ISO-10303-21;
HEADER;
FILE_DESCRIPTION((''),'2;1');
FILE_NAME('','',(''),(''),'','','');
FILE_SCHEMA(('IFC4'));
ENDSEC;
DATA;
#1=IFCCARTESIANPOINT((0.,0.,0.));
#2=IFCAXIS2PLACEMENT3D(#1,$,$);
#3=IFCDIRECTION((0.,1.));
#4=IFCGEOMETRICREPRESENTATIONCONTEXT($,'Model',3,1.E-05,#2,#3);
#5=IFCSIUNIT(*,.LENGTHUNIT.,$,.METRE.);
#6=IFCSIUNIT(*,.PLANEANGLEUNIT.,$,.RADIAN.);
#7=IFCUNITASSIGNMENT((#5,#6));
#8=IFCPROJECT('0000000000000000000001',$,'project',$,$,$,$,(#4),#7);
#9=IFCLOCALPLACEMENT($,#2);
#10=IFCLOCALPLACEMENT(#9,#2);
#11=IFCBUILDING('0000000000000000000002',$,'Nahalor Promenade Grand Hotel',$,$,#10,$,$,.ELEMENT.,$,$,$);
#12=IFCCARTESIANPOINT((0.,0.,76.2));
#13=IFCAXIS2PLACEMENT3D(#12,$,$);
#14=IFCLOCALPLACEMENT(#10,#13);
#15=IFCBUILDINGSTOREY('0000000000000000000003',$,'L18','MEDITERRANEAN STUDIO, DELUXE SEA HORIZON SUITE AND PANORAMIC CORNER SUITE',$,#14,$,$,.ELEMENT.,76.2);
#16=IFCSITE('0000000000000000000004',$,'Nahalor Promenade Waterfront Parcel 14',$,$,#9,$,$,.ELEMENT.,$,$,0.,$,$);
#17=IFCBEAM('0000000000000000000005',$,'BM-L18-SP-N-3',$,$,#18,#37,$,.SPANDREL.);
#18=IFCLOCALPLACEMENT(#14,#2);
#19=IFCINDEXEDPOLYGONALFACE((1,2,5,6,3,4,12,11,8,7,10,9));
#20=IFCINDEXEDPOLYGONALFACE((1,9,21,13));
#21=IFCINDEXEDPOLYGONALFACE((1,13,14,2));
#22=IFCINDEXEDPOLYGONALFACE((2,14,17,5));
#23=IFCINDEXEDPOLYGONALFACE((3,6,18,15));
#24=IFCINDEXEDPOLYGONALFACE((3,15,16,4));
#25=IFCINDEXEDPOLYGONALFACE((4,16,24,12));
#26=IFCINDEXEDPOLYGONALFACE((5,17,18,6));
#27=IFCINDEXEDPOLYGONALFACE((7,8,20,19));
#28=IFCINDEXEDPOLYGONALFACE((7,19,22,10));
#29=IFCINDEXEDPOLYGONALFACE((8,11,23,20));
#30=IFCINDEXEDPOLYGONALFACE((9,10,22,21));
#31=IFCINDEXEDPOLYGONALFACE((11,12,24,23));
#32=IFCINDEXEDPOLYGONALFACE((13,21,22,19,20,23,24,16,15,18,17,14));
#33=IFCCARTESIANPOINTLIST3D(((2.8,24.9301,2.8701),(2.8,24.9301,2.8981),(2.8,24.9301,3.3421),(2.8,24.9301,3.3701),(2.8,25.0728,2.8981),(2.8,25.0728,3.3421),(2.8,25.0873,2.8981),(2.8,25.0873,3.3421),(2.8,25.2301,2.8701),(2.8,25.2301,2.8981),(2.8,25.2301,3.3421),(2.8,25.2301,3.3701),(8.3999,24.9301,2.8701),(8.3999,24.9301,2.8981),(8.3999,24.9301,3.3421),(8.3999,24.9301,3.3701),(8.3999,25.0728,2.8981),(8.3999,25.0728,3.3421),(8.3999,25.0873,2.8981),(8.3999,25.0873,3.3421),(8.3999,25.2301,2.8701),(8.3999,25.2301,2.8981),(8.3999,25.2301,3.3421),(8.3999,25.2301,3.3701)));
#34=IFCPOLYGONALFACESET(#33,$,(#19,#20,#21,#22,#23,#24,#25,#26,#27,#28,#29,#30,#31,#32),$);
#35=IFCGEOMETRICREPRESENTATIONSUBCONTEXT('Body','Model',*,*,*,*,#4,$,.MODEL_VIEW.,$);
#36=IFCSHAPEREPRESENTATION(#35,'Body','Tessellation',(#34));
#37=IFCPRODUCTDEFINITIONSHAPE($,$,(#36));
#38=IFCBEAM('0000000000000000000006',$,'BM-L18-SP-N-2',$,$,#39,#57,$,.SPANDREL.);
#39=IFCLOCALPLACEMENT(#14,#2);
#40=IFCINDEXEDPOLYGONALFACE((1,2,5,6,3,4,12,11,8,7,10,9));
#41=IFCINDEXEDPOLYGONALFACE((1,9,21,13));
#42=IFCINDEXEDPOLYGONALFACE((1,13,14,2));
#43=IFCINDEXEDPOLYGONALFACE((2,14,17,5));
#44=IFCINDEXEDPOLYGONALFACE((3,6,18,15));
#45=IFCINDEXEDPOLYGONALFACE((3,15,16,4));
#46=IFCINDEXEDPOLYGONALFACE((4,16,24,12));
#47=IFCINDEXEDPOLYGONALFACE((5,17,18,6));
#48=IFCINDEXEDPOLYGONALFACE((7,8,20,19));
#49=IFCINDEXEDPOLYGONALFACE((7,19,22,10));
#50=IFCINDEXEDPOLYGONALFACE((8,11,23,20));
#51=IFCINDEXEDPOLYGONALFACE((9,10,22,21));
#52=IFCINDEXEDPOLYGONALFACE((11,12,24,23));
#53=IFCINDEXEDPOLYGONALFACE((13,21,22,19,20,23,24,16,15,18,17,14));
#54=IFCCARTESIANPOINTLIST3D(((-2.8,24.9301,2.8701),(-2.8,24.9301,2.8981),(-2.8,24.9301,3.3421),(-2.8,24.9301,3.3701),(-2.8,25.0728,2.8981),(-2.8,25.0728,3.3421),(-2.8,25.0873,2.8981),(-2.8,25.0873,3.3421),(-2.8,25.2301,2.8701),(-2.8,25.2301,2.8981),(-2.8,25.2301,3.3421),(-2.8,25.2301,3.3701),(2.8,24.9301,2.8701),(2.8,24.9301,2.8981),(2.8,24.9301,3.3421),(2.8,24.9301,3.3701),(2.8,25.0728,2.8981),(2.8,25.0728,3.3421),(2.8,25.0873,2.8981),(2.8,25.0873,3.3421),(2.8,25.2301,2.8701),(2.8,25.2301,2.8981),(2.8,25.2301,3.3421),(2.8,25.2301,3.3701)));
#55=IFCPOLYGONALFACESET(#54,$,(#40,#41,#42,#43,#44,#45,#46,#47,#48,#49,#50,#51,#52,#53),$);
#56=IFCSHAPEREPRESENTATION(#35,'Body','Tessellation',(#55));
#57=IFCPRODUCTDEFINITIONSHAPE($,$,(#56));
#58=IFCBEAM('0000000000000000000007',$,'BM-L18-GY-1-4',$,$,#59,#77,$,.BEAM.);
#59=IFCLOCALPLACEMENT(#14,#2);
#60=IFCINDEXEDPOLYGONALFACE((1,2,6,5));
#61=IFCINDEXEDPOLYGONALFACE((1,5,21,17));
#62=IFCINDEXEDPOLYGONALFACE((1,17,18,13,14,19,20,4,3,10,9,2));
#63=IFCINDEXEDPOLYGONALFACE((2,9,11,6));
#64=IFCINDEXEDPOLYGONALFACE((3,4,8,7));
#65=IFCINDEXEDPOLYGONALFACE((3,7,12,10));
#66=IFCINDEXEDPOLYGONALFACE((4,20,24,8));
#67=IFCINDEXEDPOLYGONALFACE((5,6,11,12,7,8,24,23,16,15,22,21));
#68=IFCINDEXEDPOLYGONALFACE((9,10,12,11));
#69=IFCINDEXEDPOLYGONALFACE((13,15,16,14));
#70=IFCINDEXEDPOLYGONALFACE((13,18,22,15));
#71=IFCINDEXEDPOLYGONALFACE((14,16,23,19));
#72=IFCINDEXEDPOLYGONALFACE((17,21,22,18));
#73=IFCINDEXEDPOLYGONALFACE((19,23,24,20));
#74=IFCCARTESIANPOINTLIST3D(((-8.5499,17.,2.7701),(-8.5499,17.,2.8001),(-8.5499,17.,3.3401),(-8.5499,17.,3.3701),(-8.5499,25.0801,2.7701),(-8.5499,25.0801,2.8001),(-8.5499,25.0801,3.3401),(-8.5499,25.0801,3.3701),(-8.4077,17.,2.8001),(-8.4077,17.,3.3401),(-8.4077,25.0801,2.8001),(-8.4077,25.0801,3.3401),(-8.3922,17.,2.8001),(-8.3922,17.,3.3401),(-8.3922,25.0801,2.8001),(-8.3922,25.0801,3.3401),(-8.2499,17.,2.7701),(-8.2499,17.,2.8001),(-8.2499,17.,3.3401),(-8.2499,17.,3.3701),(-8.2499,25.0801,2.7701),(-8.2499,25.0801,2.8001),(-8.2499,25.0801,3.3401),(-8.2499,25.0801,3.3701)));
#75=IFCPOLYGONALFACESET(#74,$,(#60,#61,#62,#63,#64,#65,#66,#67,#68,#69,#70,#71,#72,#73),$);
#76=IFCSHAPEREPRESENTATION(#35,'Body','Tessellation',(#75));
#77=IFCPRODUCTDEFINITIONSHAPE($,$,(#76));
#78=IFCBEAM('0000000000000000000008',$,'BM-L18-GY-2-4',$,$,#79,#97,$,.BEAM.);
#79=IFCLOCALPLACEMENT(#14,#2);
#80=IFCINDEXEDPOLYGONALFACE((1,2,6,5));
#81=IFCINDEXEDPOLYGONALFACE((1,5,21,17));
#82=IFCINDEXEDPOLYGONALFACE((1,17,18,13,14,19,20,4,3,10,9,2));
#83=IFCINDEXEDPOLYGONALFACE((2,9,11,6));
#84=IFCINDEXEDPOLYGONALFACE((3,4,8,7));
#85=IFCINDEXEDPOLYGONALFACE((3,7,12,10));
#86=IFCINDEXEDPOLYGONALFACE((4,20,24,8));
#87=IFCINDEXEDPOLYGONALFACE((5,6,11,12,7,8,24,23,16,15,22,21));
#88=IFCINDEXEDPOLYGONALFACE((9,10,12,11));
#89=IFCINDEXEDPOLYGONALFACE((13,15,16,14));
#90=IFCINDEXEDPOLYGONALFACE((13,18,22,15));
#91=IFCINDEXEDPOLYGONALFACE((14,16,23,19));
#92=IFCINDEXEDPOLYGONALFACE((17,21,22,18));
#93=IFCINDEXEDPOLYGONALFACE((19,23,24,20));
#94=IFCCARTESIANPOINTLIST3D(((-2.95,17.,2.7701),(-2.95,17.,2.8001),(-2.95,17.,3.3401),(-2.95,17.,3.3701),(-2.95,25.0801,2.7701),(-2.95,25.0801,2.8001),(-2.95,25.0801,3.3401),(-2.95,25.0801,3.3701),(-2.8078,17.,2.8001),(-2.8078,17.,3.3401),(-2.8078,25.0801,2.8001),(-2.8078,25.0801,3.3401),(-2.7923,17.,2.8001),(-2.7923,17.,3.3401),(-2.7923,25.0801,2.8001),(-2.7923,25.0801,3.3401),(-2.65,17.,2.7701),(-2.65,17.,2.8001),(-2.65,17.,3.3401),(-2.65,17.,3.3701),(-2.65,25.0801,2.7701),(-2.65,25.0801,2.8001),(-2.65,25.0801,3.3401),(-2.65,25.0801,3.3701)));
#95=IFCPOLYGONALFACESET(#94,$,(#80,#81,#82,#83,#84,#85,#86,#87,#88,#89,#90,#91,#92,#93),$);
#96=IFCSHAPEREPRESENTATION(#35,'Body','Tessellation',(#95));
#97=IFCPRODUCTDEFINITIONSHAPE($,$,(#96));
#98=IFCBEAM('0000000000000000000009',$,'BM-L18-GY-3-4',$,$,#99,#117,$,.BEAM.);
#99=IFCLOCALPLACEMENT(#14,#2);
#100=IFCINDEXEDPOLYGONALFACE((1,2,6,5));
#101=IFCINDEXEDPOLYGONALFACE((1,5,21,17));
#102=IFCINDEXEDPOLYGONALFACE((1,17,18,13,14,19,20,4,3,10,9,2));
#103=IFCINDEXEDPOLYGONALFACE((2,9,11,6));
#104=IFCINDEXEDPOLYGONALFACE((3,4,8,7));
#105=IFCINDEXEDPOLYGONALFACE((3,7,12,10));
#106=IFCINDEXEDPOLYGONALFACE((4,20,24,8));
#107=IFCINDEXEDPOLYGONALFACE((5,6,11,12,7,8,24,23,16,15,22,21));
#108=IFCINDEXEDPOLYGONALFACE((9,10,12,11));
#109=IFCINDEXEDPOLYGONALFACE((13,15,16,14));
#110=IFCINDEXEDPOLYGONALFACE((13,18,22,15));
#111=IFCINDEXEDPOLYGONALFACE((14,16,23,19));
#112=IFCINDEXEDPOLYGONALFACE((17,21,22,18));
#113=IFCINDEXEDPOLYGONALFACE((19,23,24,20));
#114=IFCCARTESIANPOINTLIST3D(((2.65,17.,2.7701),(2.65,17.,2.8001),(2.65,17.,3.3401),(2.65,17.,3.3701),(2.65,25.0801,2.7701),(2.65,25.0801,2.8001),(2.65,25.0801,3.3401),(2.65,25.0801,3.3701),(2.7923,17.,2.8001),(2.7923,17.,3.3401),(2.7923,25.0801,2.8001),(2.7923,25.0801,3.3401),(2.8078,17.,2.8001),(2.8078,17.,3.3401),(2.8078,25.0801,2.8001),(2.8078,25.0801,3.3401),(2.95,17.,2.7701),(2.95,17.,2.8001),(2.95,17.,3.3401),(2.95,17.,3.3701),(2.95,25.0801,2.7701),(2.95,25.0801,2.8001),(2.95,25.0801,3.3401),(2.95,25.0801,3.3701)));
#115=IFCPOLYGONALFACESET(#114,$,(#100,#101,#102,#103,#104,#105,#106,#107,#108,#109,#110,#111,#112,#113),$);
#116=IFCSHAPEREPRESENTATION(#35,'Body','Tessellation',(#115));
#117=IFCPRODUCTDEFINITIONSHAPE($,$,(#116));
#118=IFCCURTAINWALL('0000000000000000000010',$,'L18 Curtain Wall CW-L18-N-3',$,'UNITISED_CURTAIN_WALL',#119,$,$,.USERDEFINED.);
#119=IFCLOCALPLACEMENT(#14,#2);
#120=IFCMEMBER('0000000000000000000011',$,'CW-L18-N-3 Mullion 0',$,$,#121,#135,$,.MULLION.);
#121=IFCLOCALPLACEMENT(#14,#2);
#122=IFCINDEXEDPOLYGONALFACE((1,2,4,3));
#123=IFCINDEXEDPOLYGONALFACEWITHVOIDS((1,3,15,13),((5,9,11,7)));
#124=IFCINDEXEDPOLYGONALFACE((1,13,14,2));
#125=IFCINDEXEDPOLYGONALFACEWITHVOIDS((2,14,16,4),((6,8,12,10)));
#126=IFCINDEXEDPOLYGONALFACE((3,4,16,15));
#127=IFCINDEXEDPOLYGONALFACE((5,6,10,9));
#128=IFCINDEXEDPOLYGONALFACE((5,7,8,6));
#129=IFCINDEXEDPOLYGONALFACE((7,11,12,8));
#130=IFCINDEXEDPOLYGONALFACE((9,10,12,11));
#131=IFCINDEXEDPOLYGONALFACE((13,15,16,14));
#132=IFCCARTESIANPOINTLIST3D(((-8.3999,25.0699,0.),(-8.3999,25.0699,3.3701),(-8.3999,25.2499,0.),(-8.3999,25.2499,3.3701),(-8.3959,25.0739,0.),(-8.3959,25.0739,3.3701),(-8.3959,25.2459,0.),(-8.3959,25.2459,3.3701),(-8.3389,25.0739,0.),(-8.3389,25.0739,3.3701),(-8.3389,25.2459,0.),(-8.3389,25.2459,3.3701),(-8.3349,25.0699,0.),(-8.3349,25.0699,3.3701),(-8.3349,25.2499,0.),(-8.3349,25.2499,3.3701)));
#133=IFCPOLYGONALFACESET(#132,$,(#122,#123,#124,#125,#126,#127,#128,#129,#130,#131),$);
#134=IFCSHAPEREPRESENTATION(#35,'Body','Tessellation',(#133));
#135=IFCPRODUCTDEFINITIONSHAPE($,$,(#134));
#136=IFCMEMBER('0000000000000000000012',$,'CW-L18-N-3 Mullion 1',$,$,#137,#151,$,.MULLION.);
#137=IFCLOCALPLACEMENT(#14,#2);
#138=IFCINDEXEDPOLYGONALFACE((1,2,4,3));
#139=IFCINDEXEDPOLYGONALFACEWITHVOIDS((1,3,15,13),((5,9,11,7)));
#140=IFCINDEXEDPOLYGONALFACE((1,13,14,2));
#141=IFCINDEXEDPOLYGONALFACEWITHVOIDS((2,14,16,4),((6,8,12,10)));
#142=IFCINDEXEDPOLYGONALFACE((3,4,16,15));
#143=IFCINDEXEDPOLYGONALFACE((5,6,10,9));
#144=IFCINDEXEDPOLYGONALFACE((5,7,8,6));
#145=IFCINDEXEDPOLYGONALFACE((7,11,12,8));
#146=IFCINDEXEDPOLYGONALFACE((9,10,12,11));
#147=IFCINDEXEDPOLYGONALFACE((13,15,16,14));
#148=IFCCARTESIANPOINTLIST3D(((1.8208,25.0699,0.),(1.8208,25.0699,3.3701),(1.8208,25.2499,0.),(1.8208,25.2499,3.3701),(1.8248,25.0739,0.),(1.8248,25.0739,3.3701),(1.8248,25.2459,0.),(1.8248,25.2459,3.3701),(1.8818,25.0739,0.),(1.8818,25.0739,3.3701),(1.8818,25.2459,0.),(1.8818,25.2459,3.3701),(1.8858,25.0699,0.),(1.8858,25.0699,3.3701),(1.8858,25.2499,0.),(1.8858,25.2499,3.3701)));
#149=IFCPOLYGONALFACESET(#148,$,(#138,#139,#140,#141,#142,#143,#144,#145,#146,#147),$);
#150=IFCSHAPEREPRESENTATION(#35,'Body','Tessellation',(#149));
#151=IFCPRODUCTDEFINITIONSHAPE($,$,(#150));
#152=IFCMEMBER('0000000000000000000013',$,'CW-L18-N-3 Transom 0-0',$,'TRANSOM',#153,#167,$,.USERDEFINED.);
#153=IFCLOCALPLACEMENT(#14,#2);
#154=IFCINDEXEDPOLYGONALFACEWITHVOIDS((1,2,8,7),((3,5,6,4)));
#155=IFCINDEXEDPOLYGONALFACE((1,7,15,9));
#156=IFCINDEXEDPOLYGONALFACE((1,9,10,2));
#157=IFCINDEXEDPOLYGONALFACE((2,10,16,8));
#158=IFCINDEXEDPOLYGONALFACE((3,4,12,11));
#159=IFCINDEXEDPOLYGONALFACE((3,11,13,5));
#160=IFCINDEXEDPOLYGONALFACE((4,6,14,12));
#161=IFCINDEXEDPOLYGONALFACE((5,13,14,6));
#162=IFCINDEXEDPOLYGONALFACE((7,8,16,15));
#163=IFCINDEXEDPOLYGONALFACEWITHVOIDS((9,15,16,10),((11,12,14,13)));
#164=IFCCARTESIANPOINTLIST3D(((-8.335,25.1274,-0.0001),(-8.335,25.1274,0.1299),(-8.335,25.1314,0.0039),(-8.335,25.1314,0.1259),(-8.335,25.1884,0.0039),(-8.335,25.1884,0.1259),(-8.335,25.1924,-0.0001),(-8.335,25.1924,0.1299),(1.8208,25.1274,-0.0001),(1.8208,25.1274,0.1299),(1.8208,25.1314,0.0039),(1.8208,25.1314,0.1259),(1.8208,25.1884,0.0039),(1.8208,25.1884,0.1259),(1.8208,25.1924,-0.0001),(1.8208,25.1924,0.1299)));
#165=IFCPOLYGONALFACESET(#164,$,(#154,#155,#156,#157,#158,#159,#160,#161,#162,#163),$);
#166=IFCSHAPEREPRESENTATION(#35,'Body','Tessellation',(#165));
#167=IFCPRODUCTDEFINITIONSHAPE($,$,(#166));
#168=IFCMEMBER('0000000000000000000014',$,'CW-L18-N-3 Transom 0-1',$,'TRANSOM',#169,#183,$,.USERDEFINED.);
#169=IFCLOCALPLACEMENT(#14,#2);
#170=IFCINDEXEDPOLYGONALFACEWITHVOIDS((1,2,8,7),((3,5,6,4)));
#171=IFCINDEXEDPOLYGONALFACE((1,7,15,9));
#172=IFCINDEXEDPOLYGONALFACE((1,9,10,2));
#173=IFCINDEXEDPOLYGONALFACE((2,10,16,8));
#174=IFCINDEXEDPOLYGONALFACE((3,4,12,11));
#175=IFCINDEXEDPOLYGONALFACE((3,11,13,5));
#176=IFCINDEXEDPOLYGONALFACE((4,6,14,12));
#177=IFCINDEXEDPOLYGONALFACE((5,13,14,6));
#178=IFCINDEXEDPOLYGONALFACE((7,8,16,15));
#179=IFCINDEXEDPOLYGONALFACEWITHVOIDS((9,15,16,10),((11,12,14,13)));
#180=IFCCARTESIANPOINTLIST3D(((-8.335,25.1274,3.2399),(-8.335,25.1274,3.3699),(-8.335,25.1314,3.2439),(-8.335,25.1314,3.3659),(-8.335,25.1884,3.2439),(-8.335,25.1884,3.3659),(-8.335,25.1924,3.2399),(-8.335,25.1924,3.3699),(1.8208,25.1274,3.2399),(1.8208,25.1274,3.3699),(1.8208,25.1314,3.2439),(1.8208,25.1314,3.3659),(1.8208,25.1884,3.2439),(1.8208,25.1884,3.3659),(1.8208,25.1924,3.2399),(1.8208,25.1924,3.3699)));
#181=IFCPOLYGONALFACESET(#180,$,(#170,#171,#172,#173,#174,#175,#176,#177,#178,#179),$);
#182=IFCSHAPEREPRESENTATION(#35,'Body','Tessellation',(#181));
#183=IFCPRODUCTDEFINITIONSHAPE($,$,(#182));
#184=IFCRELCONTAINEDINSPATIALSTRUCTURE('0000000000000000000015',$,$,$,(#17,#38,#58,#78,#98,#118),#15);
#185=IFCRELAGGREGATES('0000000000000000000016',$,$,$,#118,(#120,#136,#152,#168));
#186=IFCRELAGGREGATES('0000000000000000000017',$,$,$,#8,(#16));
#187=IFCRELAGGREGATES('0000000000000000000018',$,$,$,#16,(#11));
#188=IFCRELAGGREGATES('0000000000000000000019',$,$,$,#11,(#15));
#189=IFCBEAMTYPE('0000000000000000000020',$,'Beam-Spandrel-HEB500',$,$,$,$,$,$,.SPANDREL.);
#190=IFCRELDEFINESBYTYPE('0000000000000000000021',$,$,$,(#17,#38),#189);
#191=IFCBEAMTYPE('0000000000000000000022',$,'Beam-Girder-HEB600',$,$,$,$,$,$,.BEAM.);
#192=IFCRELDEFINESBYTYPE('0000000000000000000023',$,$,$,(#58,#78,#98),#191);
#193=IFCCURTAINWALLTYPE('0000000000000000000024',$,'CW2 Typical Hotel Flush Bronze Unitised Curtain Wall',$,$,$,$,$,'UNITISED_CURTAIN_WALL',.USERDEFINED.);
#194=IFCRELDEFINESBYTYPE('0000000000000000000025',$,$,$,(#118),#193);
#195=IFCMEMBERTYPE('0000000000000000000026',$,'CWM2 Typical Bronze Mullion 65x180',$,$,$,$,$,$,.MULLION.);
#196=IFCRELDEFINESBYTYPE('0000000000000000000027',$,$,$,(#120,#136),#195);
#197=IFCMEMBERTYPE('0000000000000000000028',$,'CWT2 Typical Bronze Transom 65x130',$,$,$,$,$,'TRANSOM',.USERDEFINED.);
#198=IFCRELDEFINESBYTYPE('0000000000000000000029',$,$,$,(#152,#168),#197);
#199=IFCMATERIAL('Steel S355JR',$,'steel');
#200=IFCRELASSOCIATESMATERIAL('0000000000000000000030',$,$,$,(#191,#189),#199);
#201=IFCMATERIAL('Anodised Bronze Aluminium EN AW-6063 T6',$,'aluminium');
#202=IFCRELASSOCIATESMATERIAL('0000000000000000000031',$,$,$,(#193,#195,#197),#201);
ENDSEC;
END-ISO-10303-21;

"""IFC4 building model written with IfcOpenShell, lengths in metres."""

from ifc_helpers import new_model, si_unit, direction, frame, origin, origin_2d, place, context, subcontext, project, spatial, hollow_rectangle, i_section, extrude, source, transform, mapped, material, material_profile, profile_set, type_object, element, aggregate, save


model = new_model("IFC4")

# Units and contexts
model_context = context("Model", 3, precision=1e-05, world=origin(), true_north=direction((0.0, 1.0)))
body_context = subcontext(model_context, "Body", "Model", "MODEL_VIEW")
ifc_project = project(units=[si_unit("LENGTHUNIT", "METRE"), si_unit("PLANEANGLEUNIT", "RADIAN")], contexts=[model_context])

# Site, building, storey
site_placement = place(None, origin())
site = spatial("IfcSite", under=ifc_project, at=site_placement, Name="Nahalor Promenade Waterfront Parcel 14", CompositionType="ELEMENT", RefElevation=0.0)
building_placement = place(site_placement, origin())
building = spatial("IfcBuilding", under=site, at=building_placement, Name="Nahalor Promenade Grand Hotel", CompositionType="ELEMENT")
storey_placement = place(building_placement, frame((0.0, 0.0, 76.2)))
storey = spatial("IfcBuildingStorey", under=building, at=storey_placement, Name="L18", Description="MEDITERRANEAN STUDIO, DELUXE SEA HORIZON SUITE AND PANORAMIC CORNER SUITE", CompositionType="ELEMENT", Elevation=76.2)

# Beams
ifc_material_1 = material(Name="Steel S355JR", Category="steel")
ifc_material_profile_1 = material_profile(ifc_material_1, i_section(OverallWidth=0.3, OverallDepth=0.6, WebThickness=0.0155, FlangeThickness=0.03, at=origin_2d()), Name="HEB 600")
ifc_profile_set_1 = profile_set([ifc_material_profile_1], Name="Steel S355JR")
beam_type_1 = type_object("IfcBeamType", Name="Beam-Girder-HEB600", PredefinedType="BEAM", material=ifc_profile_set_1)
ifc_material_profile_2 = material_profile(ifc_material_1, i_section(OverallWidth=0.3, OverallDepth=0.5, WebThickness=0.0145, FlangeThickness=0.028, at=origin_2d()), Name="HEB 500")
ifc_profile_set_2 = profile_set([ifc_material_profile_2], Name="Steel S355JR")
beam_type_2 = type_object("IfcBeamType", Name="Beam-Spandrel-HEB500", PredefinedType="SPANDREL", material=ifc_profile_set_2)
shared_shape_1 = source(origin(), body_context, "Body", "SweptSolid", [
    extrude(i_section(OverallWidth=0.3, OverallDepth=0.5, WebThickness=0.0145, FlangeThickness=0.028, at=origin_2d()), origin(), (0.0, 0.0, 1.0), 5.5999),
])
for number, where, z_axis, x_axis, name in (
    (1, (2.8, 25.0801, 3.1201), (1.0, 0.0, 0.0), (0.0, 1.0, 0.0), "BM-L18-SP-N-3"),
):
    element("IfcBeam", number, at=place(storey_placement, frame(where, z_axis=z_axis, x_axis=x_axis)), inside=storey, type_object=beam_type_2, Name=name, PredefinedType="SPANDREL", context=body_context, shape_type="MappedRepresentation", body=[
        mapped(shared_shape_1, transform((0.0, 0.0, 0.0), scale=1.0)),
    ])
shared_shape_2 = source(origin(), body_context, "Body", "SweptSolid", [
    extrude(i_section(OverallWidth=0.3, OverallDepth=0.5, WebThickness=0.0145, FlangeThickness=0.028, at=origin_2d()), origin(), (0.0, 0.0, 1.0), 5.6001),
])
beam_1_placement = place(storey_placement, frame((-2.8, 25.0801, 3.1201), z_axis=(1.0, 0.0, 0.0), x_axis=(0.0, 1.0, 0.0)))
element("IfcBeam", 2, at=beam_1_placement, inside=storey, type_object=beam_type_2, Name="BM-L18-SP-N-2", PredefinedType="SPANDREL", context=body_context, shape_type="MappedRepresentation", body=[
    mapped(shared_shape_2, transform((0.0, 0.0, 0.0), scale=1.0)),
])
shared_shape_3 = source(origin(), body_context, "Body", "SweptSolid", [
    extrude(i_section(OverallWidth=0.3, OverallDepth=0.6, WebThickness=0.0155, FlangeThickness=0.03, at=origin_2d()), origin(), (0.0, 0.0, 1.0), 8.0801),
])
for number, where, z_axis, x_axis, name in (
    (3, (-8.3999, 17.0, 3.0701), (0.0, 1.0, 0.0), (-1.0, 0.0, 0.0), "BM-L18-GY-1-4"),
    (4, (-2.8, 17.0, 3.0701), (0.0, 1.0, 0.0), (-1.0, 0.0, 0.0), "BM-L18-GY-2-4"),
    (5, (2.8, 17.0, 3.0701), (0.0, 1.0, 0.0), (-1.0, 0.0, 0.0), "BM-L18-GY-3-4"),
):
    element("IfcBeam", number, at=place(storey_placement, frame(where, z_axis=z_axis, x_axis=x_axis)), inside=storey, type_object=beam_type_1, Name=name, PredefinedType="BEAM", context=body_context, shape_type="MappedRepresentation", body=[
        mapped(shared_shape_3, transform((0.0, 0.0, 0.0), scale=1.0)),
    ])

# Curtain wall, members
ifc_material_2 = material(Name="Anodised Bronze Aluminium EN AW-6063 T6", Category="aluminium")
curtain_wall_type = type_object("IfcCurtainWallType", Name="CW2 Typical Hotel Flush Bronze Unitised Curtain Wall", ElementType="UNITISED_CURTAIN_WALL", PredefinedType="USERDEFINED", material=ifc_material_2)
curtain_wall_placement = place(storey_placement, origin())
curtain_wall = element("IfcCurtainWall", 6, at=curtain_wall_placement, inside=storey, type_object=curtain_wall_type, Name="L18 Curtain Wall CW-L18-N-3", ObjectType="UNITISED_CURTAIN_WALL", PredefinedType="USERDEFINED")
ifc_material_profile_3 = material_profile(ifc_material_2, hollow_rectangle(XDim=0.065, YDim=0.18, WallThickness=0.004, at=origin_2d()), Name="CWM 65x180x4")
ifc_profile_set_3 = profile_set([ifc_material_profile_3], Name="Anodised Bronze Aluminium EN AW-6063 T6")
member_type_1 = type_object("IfcMemberType", Name="CWM2 Typical Bronze Mullion 65x180", PredefinedType="MULLION", material=ifc_profile_set_3)
shared_shape_4 = source(origin(), body_context, "Body", "SweptSolid", [
    extrude(hollow_rectangle(XDim=0.065, YDim=0.18, WallThickness=0.004, at=origin_2d()), origin(), (0.0, 0.0, 1.0), 3.3701),
])
member_1_placement = place(storey_placement, frame((-8.3674, 25.1599, 0.0), z_axis=(0.0, 0.0, 1.0), x_axis=(1.0, 0.0, 0.0)))
member_1 = element("IfcMember", 7, at=member_1_placement, type_object=member_type_1, Name="CW-L18-N-3 Mullion 0", PredefinedType="MULLION", context=body_context, shape_type="MappedRepresentation", body=[
    mapped(shared_shape_4, transform((0.0, 0.0, 0.0), scale=1.0)),
])
member_2_placement = place(storey_placement, frame((1.8533, 25.1599, 0.0), z_axis=(0.0, 0.0, 1.0), x_axis=(1.0, 0.0, 0.0)))
member_2 = element("IfcMember", 8, at=member_2_placement, type_object=member_type_1, Name="CW-L18-N-3 Mullion 1", PredefinedType="MULLION", context=body_context, shape_type="MappedRepresentation", body=[
    mapped(shared_shape_4, transform((0.0, 0.0, 0.0), scale=1.0)),
])
ifc_material_profile_4 = material_profile(ifc_material_2, hollow_rectangle(XDim=0.065, YDim=0.13, WallThickness=0.004, at=origin_2d()), Name="CWT 65x130x4")
ifc_profile_set_4 = profile_set([ifc_material_profile_4], Name="Anodised Bronze Aluminium EN AW-6063 T6")
member_type_2 = type_object("IfcMemberType", Name="CWT2 Typical Bronze Transom 65x130", ElementType="TRANSOM", PredefinedType="USERDEFINED", material=ifc_profile_set_4)
shared_shape_5 = source(origin(), body_context, "Body", "SweptSolid", [
    extrude(hollow_rectangle(XDim=0.065, YDim=0.13, WallThickness=0.004, at=origin_2d()), origin(), (0.0, 0.0, 1.0), 10.1558),
])
member_3_placement = place(storey_placement, frame((-8.335, 25.1599, 0.0649), z_axis=(1.0, 0.0, 0.0), x_axis=(0.0, 1.0, 0.0)))
member_3 = element("IfcMember", 9, at=member_3_placement, type_object=member_type_2, Name="CW-L18-N-3 Transom 0-0", ObjectType="TRANSOM", PredefinedType="USERDEFINED", context=body_context, shape_type="MappedRepresentation", body=[
    mapped(shared_shape_5, transform((0.0, 0.0, 0.0), scale=1.0)),
])
member_4_placement = place(storey_placement, frame((-8.335, 25.1599, 3.3049), z_axis=(1.0, 0.0, 0.0), x_axis=(0.0, 1.0, 0.0)))
member_4 = element("IfcMember", 10, at=member_4_placement, type_object=member_type_2, Name="CW-L18-N-3 Transom 0-1", ObjectType="TRANSOM", PredefinedType="USERDEFINED", context=body_context, shape_type="MappedRepresentation", body=[
    mapped(shared_shape_5, transform((0.0, 0.0, 0.0), scale=1.0)),
])
aggregate(curtain_wall, [member_1, member_2, member_3, member_4])

save(model, "model.ifc")
